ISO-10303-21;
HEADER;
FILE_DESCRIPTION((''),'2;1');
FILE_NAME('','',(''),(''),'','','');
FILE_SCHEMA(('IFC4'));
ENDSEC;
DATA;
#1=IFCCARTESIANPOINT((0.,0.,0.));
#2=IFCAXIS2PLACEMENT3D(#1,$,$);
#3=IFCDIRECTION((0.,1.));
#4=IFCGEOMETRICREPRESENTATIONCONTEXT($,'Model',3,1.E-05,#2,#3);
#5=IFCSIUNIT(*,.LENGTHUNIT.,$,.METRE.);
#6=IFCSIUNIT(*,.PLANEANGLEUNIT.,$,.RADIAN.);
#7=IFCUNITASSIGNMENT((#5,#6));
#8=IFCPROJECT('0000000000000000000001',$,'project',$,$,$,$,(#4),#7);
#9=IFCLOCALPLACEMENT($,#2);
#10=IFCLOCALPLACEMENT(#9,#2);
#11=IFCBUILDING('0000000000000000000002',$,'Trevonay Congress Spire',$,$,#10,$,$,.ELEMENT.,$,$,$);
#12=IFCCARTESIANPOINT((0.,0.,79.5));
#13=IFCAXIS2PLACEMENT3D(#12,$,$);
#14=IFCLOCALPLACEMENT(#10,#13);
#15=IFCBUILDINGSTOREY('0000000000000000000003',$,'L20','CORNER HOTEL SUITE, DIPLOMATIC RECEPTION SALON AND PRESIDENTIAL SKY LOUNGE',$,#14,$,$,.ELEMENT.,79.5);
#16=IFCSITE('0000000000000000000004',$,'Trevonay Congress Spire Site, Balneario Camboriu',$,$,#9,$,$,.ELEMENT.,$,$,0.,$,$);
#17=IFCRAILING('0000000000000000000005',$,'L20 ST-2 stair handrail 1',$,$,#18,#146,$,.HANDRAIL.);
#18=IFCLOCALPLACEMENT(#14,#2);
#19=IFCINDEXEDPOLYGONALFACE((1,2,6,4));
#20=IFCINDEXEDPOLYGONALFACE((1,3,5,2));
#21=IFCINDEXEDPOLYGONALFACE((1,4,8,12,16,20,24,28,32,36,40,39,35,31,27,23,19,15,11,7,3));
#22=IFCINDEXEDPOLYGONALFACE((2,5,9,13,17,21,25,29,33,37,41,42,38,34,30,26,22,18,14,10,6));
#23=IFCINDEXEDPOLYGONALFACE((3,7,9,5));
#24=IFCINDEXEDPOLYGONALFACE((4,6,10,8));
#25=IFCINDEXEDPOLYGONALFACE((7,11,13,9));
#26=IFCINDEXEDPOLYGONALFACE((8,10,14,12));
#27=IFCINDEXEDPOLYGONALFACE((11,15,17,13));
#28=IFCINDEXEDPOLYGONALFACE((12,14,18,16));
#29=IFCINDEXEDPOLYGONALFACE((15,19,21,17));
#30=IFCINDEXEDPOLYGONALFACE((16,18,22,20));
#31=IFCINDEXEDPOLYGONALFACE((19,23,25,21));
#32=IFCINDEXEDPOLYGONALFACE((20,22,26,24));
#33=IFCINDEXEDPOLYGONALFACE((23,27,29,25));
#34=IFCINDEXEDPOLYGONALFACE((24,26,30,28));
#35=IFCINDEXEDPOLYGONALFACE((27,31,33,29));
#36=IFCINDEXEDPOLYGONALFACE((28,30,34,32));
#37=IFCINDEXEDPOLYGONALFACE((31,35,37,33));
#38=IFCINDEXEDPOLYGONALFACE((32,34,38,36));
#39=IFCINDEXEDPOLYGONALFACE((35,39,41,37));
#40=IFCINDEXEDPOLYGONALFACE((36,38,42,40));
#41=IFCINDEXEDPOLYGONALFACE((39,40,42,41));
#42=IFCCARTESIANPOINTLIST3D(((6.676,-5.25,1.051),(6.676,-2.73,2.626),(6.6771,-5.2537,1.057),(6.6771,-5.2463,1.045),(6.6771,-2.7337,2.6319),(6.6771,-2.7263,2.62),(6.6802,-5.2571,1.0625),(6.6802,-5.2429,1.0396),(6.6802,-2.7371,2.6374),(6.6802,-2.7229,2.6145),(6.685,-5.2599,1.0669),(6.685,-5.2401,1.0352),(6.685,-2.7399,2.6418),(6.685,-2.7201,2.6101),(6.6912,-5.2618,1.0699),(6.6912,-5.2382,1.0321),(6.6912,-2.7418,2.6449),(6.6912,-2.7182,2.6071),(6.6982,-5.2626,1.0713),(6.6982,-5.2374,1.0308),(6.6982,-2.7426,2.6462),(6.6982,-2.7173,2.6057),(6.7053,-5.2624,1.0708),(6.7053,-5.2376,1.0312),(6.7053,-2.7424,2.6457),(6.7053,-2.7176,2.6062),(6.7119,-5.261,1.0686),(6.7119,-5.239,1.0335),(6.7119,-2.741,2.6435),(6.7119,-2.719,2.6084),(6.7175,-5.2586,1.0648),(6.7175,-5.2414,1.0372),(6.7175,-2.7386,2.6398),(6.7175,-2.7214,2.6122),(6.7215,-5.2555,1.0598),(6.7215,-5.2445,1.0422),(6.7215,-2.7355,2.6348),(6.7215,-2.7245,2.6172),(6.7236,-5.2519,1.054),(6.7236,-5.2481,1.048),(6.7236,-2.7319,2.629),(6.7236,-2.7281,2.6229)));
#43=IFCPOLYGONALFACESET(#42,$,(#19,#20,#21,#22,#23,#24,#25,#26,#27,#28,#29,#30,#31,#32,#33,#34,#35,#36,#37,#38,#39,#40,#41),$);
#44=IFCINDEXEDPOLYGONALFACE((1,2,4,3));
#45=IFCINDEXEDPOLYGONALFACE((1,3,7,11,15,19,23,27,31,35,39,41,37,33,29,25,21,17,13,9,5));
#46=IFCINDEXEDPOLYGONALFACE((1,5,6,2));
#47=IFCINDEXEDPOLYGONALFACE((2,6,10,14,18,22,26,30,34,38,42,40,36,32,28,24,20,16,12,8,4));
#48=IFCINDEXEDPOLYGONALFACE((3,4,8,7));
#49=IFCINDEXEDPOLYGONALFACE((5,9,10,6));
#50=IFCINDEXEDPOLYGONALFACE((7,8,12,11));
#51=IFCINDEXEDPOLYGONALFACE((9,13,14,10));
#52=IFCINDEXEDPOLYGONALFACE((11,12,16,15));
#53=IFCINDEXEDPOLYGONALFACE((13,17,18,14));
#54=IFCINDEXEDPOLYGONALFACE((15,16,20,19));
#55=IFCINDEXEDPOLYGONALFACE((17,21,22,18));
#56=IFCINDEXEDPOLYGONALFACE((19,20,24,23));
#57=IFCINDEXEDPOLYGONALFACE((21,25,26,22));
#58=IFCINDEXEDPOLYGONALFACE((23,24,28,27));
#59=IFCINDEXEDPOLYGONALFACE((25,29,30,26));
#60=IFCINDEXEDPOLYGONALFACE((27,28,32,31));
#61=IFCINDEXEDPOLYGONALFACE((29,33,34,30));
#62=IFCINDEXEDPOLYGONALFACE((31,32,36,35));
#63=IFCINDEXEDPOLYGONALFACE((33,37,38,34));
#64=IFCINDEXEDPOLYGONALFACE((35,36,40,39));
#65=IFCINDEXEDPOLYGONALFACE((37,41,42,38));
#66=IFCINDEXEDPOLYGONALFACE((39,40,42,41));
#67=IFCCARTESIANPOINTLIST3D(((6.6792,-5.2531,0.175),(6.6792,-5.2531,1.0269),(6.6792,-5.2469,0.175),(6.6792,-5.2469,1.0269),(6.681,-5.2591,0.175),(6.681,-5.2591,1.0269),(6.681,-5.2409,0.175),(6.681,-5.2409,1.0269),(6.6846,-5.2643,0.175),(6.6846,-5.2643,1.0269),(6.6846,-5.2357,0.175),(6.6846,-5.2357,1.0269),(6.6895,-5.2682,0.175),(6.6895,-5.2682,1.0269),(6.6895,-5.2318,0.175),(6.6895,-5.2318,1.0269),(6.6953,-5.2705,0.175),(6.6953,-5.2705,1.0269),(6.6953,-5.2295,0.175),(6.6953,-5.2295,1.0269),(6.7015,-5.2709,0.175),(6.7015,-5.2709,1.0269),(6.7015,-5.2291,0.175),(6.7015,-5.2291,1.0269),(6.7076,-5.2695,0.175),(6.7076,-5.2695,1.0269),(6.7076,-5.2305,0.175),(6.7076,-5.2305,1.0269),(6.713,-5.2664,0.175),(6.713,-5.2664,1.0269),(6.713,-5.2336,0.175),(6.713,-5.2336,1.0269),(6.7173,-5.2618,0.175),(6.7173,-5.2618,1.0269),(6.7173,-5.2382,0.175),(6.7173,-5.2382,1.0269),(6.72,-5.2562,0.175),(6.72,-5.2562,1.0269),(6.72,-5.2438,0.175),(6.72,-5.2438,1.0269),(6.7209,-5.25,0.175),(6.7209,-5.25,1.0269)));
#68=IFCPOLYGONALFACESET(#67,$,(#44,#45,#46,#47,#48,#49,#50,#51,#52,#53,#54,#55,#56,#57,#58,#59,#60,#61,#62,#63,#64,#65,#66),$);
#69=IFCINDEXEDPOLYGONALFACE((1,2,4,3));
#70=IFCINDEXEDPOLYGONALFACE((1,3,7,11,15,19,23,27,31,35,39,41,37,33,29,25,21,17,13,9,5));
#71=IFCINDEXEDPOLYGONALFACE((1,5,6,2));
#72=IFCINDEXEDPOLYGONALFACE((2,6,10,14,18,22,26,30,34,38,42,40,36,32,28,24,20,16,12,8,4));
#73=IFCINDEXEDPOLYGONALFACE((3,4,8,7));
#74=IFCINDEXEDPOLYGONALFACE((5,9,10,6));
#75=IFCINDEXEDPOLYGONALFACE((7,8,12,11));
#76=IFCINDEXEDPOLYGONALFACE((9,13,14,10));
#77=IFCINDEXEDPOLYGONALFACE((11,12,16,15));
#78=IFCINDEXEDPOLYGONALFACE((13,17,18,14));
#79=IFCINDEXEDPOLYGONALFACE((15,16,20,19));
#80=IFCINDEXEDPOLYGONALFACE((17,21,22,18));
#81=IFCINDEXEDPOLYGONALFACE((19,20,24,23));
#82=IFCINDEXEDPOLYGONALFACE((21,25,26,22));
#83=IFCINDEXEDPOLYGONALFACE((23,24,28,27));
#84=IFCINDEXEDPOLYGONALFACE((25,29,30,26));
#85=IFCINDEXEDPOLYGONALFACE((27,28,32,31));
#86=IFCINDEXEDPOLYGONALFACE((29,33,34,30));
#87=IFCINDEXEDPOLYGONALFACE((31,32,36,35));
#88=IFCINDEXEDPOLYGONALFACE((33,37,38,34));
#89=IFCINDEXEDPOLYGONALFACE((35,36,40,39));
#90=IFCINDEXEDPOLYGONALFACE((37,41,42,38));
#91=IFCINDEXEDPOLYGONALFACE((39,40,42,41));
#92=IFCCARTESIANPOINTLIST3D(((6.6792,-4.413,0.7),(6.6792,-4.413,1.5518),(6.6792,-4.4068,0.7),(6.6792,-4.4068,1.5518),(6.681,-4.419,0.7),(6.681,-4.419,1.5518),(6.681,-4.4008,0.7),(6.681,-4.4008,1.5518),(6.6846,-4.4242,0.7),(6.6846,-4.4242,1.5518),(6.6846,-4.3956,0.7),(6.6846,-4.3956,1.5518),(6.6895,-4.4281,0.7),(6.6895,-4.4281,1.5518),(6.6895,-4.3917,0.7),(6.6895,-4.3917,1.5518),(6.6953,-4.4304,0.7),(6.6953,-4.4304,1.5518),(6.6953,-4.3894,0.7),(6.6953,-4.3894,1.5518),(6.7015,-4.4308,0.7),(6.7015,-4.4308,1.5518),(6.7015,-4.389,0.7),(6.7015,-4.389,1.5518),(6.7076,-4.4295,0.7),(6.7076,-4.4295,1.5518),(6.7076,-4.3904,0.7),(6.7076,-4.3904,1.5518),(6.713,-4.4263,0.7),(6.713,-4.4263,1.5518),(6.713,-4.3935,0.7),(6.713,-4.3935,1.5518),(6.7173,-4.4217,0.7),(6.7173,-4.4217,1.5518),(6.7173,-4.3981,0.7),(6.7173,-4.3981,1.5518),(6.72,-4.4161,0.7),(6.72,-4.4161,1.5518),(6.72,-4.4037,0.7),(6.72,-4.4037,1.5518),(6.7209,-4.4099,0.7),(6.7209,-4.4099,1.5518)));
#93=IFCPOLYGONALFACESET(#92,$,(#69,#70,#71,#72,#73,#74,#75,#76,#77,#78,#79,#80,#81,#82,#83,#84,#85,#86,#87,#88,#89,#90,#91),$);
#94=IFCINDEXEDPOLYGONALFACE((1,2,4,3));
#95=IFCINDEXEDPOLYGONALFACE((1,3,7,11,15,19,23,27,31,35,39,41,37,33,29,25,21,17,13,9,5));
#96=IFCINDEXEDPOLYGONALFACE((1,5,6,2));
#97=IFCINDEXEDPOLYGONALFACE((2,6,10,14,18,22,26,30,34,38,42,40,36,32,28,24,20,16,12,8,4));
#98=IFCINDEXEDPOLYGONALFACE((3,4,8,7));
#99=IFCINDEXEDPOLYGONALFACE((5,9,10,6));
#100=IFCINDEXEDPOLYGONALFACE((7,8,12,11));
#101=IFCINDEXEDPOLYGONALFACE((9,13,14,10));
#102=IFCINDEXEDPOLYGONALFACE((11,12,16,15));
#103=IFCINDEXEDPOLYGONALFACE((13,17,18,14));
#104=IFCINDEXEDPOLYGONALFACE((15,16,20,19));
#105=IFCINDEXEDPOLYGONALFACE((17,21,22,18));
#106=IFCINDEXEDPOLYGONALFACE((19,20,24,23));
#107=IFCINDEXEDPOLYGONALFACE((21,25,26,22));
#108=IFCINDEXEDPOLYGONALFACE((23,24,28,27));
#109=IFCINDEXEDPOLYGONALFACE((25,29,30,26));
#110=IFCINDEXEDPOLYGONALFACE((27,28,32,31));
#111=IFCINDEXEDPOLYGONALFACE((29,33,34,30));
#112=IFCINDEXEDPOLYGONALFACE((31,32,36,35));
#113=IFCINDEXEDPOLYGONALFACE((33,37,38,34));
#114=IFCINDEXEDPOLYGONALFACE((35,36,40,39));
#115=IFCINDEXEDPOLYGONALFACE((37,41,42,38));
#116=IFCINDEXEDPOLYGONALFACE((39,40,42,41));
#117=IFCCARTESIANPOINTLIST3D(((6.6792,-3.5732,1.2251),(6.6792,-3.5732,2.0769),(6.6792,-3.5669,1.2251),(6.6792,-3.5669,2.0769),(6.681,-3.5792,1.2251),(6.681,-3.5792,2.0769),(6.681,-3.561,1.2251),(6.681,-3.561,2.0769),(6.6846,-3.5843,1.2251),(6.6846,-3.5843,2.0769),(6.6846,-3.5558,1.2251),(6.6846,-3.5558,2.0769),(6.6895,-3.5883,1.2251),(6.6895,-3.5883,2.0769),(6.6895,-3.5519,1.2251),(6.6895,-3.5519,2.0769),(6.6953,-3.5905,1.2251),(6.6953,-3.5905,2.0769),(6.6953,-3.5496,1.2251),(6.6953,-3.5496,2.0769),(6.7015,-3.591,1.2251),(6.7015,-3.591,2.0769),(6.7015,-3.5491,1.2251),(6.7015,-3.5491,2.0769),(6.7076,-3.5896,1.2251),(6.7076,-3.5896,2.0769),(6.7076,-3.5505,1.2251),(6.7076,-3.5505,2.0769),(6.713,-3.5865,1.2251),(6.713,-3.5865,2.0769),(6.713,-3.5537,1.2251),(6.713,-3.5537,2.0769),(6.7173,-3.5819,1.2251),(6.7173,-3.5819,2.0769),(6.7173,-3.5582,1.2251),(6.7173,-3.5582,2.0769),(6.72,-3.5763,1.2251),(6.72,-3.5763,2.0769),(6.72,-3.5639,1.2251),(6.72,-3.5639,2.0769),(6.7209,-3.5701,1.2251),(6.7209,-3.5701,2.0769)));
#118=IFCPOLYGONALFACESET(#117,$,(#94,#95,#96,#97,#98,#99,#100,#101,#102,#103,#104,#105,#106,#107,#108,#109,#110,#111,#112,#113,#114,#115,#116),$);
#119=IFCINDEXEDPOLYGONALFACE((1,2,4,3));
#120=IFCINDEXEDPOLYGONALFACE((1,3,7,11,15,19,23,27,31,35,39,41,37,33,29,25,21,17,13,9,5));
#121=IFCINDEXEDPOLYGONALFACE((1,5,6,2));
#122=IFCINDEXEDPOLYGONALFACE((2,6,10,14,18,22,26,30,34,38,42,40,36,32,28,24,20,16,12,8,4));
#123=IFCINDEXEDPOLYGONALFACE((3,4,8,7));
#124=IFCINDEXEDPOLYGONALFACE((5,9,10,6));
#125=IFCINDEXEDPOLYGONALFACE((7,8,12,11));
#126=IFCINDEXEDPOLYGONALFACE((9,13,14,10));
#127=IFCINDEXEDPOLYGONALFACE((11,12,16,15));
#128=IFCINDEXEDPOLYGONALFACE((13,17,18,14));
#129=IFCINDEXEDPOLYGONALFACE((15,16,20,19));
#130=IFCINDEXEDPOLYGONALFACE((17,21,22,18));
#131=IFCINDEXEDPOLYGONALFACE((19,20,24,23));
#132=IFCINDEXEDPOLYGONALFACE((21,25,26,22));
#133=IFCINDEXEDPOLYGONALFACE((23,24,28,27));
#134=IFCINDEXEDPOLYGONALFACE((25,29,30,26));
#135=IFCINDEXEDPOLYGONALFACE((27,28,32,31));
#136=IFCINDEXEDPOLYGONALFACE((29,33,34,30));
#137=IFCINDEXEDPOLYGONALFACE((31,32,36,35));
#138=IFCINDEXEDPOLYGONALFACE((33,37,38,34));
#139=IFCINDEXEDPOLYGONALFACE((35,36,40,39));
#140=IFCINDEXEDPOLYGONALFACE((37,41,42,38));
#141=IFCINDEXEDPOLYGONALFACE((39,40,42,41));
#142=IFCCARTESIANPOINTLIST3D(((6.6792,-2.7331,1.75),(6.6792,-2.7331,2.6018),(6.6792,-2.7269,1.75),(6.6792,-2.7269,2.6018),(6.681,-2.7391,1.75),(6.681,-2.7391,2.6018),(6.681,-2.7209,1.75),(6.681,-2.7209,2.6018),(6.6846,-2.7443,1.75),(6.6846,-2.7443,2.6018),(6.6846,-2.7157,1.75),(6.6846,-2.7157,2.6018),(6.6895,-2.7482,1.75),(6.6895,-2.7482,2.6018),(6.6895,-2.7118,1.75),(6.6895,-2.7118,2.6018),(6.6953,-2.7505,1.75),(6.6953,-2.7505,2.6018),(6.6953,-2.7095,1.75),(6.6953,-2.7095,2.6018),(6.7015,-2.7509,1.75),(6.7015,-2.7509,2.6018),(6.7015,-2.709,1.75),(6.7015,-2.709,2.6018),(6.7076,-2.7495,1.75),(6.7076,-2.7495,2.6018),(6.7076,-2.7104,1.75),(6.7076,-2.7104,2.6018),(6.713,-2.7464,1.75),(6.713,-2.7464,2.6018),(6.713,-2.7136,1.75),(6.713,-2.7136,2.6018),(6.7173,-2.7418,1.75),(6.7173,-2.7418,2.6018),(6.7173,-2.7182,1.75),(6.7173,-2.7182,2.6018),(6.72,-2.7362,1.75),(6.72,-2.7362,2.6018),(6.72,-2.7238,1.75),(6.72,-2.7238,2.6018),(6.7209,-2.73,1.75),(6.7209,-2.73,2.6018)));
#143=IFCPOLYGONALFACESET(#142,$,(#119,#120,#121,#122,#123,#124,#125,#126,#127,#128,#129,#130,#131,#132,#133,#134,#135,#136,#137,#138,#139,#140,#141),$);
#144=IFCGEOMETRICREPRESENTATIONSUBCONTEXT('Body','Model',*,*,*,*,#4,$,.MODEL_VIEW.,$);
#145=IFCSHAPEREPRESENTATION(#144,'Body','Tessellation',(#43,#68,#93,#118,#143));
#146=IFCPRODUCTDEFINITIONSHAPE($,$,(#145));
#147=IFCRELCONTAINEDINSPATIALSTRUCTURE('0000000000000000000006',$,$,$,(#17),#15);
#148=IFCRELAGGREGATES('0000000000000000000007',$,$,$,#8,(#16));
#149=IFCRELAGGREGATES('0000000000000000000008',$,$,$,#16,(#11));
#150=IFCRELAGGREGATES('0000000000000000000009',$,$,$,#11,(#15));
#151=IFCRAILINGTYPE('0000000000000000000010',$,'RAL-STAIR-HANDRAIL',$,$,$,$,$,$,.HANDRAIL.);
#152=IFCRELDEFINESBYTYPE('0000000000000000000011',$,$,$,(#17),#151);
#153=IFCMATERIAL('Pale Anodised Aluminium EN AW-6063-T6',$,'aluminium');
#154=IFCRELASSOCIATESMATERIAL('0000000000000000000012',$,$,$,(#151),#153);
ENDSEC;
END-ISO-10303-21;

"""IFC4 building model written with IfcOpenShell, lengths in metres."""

from ifc_helpers import new_model, si_unit, direction, frame, origin, origin_2d, place, context, subcontext, project, spatial, circle, extrude, material, type_object, element, save


model = new_model("IFC4")

# Units and contexts
model_context = context("Model", 3, precision=1e-05, world=origin(), true_north=direction((0.0, 1.0)))
body_context = subcontext(model_context, "Body", "Model", "MODEL_VIEW")
ifc_project = project(units=[si_unit("LENGTHUNIT", "METRE"), si_unit("PLANEANGLEUNIT", "RADIAN")], contexts=[model_context])

# Site, building, storey
site_placement = place(None, origin())
site = spatial("IfcSite", under=ifc_project, at=site_placement, Name="Trevonay Congress Spire Site, Balneario Camboriu", CompositionType="ELEMENT", RefElevation=0.0)
building_placement = place(site_placement, origin())
building = spatial("IfcBuilding", under=site, at=building_placement, Name="Trevonay Congress Spire", CompositionType="ELEMENT")
storey_placement = place(building_placement, frame((0.0, 0.0, 79.5)))
storey = spatial("IfcBuildingStorey", under=building, at=storey_placement, Name="L20", Description="CORNER HOTEL SUITE, DIPLOMATIC RECEPTION SALON AND PRESIDENTIAL SKY LOUNGE", CompositionType="ELEMENT", Elevation=79.5)

# Railing
ifc_material_1 = material(Name="Pale Anodised Aluminium EN AW-6063-T6", Category="aluminium")
railing_type_1 = type_object("IfcRailingType", Name="RAL-STAIR-HANDRAIL", PredefinedType="HANDRAIL", material=ifc_material_1)
railing_1_placement = place(storey_placement, frame((6.7, -5.25, 0.175)))
element("IfcRailing", 1, at=railing_1_placement, inside=storey, type_object=railing_type_1, Name="L20 ST-2 stair handrail 1", PredefinedType="HANDRAIL", context=body_context, shape_type="SweptSolid", body=[
    extrude(circle(Radius=0.0239, at=origin_2d()), frame((0.0, 0.0, 0.876), z_axis=(0.0, 0.848008, 0.529984), x_axis=(-1.0, 0.0, 0.0)), (0.0, 0.0, 1.0), 2.9717),
    extrude(circle(Radius=0.021, at=origin_2d()), origin(), (0.0, 0.0, 1.0), 0.8518),
    extrude(circle(Radius=0.021, at=origin_2d()), frame((0.0, 0.8401, 0.5249)), (0.0, 0.0, 1.0), 0.8518),
    extrude(circle(Radius=0.021, at=origin_2d()), frame((0.0, 1.6799, 1.05)), (0.0, 0.0, 1.0), 0.8518),
    extrude(circle(Radius=0.021, at=origin_2d()), frame((0.0, 2.52, 1.575)), (0.0, 0.0, 1.0), 0.8518),
])

save(model, "model.ifc")
